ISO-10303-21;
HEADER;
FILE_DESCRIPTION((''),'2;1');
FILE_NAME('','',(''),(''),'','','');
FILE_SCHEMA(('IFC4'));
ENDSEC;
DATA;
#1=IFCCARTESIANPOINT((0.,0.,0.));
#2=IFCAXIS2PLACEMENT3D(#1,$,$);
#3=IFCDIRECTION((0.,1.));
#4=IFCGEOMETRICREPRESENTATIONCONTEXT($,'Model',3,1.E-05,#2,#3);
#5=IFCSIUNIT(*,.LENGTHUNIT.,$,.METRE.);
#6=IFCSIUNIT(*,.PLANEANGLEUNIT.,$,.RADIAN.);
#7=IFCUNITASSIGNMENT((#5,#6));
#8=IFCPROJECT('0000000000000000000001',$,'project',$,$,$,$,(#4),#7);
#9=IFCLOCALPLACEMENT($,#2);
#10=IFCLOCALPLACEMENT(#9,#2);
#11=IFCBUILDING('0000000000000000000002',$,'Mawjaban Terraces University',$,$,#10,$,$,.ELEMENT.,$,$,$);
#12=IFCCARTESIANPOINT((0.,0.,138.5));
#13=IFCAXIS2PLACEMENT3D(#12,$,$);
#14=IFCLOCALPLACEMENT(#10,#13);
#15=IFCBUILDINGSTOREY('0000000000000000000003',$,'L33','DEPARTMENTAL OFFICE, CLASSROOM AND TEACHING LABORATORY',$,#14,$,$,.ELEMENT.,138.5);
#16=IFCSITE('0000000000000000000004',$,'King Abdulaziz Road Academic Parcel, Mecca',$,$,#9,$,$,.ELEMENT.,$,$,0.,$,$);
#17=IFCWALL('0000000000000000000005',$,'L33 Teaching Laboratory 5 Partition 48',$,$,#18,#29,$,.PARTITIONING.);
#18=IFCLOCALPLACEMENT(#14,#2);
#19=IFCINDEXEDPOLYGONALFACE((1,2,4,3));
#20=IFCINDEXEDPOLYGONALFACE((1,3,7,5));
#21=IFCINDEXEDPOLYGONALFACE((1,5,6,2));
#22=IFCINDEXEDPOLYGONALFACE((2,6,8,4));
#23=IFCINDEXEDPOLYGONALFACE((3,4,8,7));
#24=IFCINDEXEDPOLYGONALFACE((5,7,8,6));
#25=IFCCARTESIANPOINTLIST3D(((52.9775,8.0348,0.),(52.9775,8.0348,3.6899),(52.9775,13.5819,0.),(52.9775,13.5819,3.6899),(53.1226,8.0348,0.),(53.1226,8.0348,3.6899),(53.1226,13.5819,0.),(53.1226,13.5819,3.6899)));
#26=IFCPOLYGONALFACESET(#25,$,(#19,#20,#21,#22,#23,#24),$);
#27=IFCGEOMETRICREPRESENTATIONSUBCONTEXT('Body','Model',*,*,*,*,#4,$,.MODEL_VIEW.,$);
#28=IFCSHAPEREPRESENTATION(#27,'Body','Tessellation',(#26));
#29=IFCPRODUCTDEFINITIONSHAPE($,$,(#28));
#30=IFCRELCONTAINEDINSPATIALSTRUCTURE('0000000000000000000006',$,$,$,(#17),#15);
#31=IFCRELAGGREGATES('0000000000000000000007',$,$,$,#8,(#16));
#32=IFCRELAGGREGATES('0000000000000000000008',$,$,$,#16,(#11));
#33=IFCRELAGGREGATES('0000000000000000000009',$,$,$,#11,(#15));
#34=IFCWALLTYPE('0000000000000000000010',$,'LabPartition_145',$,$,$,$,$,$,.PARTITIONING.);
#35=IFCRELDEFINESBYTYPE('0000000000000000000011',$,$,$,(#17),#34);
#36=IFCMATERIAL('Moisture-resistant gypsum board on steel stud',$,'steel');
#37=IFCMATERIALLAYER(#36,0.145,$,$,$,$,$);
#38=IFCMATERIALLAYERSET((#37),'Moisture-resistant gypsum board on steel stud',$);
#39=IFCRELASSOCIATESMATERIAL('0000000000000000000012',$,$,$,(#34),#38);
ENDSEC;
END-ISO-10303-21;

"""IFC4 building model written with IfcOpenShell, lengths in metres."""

from ifc_helpers import new_model, si_unit, direction, frame, frame_2d, origin, place, context, subcontext, project, spatial, rectangle, extrude, material, layer, layer_set, type_object, element, save


model = new_model("IFC4")

# Units and contexts
model_context = context("Model", 3, precision=1e-05, world=origin(), true_north=direction((0.0, 1.0)))
body_context = subcontext(model_context, "Body", "Model", "MODEL_VIEW")
ifc_project = project(units=[si_unit("LENGTHUNIT", "METRE"), si_unit("PLANEANGLEUNIT", "RADIAN")], contexts=[model_context])

# Site, building, storey
site_placement = place(None, origin())
site = spatial("IfcSite", under=ifc_project, at=site_placement, Name="King Abdulaziz Road Academic Parcel, Mecca", CompositionType="ELEMENT", RefElevation=0.0)
building_placement = place(site_placement, origin())
building = spatial("IfcBuilding", under=site, at=building_placement, Name="Mawjaban Terraces University", CompositionType="ELEMENT")
storey_placement = place(building_placement, frame((0.0, 0.0, 138.5)))
storey = spatial("IfcBuildingStorey", under=building, at=storey_placement, Name="L33", Description="DEPARTMENTAL OFFICE, CLASSROOM AND TEACHING LABORATORY", CompositionType="ELEMENT", Elevation=138.5)

# Shared definitions
ifc_material_1 = material(Name="Moisture-resistant gypsum board on steel stud", Category="steel")
ifc_layer_1 = layer(ifc_material_1, 0.145)
ifc_layer_set_1 = layer_set([ifc_layer_1], Name="Moisture-resistant gypsum board on steel stud")
wall_type_1 = type_object("IfcWallType", Name="LabPartition_145", PredefinedType="PARTITIONING", material=ifc_layer_set_1)

# Wall
wall_1_placement = place(storey_placement, frame((53.05, 8.0349, 0.0), z_axis=(0.0, 0.0, 1.0), x_axis=(0.0, 1.0, 0.0)))
element("IfcWall", 1, at=wall_1_placement, inside=storey, type_object=wall_type_1, Name="L33 Teaching Laboratory 5 Partition 48", PredefinedType="PARTITIONING", context=body_context, shape_type="SweptSolid", body=[
    extrude(rectangle(XDim=5.5471, YDim=0.145, at=frame_2d((2.7734, 0.0))), origin(), (0.0, 0.0, 1.0), 3.6899),
])

save(model, "model.ifc")
